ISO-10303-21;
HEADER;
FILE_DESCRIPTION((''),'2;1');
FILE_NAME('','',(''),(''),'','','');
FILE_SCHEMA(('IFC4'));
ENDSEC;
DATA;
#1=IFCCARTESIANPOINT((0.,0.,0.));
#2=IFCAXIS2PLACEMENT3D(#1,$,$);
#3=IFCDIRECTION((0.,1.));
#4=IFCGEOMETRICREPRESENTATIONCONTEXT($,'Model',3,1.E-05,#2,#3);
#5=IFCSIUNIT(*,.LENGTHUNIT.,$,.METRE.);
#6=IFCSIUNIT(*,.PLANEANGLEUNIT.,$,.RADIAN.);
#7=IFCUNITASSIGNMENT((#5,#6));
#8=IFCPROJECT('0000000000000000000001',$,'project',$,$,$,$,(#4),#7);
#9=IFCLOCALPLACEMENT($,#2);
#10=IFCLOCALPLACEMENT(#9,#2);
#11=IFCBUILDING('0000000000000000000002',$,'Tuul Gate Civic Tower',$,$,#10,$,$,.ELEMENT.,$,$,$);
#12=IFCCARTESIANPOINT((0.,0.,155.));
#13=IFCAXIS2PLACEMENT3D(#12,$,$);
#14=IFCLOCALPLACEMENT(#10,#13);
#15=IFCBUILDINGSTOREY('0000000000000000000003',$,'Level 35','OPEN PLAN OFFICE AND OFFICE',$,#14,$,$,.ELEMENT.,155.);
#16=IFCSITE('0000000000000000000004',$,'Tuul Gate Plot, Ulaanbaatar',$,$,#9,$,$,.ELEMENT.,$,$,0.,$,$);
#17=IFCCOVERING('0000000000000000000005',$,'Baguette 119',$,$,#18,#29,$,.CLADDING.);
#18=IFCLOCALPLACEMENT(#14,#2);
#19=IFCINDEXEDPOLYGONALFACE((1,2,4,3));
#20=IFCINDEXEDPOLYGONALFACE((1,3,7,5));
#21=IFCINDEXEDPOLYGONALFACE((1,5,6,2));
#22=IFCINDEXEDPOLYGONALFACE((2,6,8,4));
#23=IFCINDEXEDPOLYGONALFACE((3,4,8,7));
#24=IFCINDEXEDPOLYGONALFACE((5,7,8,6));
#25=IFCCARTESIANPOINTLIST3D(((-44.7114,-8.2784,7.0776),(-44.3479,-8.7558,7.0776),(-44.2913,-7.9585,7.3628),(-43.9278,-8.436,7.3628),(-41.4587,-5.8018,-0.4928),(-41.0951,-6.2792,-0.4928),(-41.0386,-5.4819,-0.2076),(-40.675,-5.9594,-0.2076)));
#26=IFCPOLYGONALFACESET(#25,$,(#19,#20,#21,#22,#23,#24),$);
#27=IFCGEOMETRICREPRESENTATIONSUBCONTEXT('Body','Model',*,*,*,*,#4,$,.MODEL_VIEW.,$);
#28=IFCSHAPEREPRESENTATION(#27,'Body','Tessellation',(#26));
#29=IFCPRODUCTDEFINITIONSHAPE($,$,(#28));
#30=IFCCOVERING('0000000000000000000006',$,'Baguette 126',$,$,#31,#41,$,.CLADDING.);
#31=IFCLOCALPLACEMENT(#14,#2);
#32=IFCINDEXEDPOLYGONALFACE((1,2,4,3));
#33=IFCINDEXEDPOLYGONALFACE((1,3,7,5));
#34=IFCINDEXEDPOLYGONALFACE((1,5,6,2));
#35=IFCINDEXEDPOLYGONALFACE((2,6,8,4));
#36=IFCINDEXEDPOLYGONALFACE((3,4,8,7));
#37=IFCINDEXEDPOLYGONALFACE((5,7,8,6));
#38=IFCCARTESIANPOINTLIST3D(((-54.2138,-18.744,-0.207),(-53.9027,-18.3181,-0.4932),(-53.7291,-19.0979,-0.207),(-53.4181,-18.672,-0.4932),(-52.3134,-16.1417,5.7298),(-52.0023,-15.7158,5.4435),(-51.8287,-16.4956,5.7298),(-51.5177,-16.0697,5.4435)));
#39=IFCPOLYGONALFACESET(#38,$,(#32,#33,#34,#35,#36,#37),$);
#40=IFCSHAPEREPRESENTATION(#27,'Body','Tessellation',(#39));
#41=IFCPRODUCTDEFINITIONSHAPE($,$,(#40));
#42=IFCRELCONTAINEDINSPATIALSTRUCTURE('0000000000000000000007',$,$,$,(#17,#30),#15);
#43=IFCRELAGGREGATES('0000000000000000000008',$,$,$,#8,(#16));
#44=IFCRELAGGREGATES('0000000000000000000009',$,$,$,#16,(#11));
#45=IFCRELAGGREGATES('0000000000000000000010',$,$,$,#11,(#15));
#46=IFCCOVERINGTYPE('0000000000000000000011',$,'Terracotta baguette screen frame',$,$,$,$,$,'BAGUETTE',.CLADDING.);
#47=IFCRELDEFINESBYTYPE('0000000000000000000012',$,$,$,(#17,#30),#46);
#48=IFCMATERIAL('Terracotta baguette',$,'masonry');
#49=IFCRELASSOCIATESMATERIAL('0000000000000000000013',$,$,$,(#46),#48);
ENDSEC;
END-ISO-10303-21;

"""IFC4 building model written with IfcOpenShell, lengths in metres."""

from ifc_helpers import new_model, si_unit, direction, frame, origin, origin_2d, place, context, subcontext, project, spatial, rectangle, extrude, material, material_profile, profile_set, type_object, element, save


model = new_model("IFC4")

# Units and contexts
model_context = context("Model", 3, precision=1e-05, world=origin(), true_north=direction((0.0, 1.0)))
body_context = subcontext(model_context, "Body", "Model", "MODEL_VIEW")
ifc_project = project(units=[si_unit("LENGTHUNIT", "METRE"), si_unit("PLANEANGLEUNIT", "RADIAN")], contexts=[model_context])

# Site, building, storey
site_placement = place(None, origin())
site = spatial("IfcSite", under=ifc_project, at=site_placement, Name="Tuul Gate Plot, Ulaanbaatar", CompositionType="ELEMENT", RefElevation=0.0)
building_placement = place(site_placement, origin())
building = spatial("IfcBuilding", under=site, at=building_placement, Name="Tuul Gate Civic Tower", CompositionType="ELEMENT")
storey_placement = place(building_placement, frame((0.0, 0.0, 155.0)))
storey = spatial("IfcBuildingStorey", under=building, at=storey_placement, Name="Level 35", Description="OPEN PLAN OFFICE AND OFFICE", CompositionType="ELEMENT", Elevation=155.0)

# Coverings
ifc_material_1 = material(Name="Terracotta baguette", Category="masonry")
ifc_material_profile_1 = material_profile(ifc_material_1, rectangle(XDim=0.6001, YDim=0.6001, at=origin_2d()), Name="Terracotta baguette screen frame")
ifc_profile_set_1 = profile_set([ifc_material_profile_1], Name="Terracotta baguette")
covering_type = type_object("IfcCoveringType", Name="Terracotta baguette screen frame", ElementType="BAGUETTE", PredefinedType="CLADDING", material=ifc_profile_set_1)
covering_1_placement = place(storey_placement, frame((-44.3196, -8.3572, 7.2202), z_axis=(0.378058, 0.28785, -0.879894), x_axis=(-0.605784, 0.795629, 0.0)))
element("IfcCovering", 1, at=covering_1_placement, inside=storey, type_object=covering_type, Name="Baguette 119", PredefinedType="CLADDING", context=body_context, shape_type="SweptSolid", body=[
    extrude(rectangle(XDim=0.6001, YDim=0.6001, at=origin_2d()), origin(), (0.0, 0.0, 1.0), 8.6038),
])
covering_2_placement = place(storey_placement, frame((-51.9155, -16.1057, 5.5867), z_axis=(-0.281335, -0.385246, -0.878884), x_axis=(0.807581, -0.589756, 0.0)))
element("IfcCovering", 2, at=covering_2_placement, inside=storey, type_object=covering_type, Name="Baguette 126", PredefinedType="CLADDING", context=body_context, shape_type="SweptSolid", body=[
    extrude(rectangle(XDim=0.6001, YDim=0.6001, at=origin_2d()), origin(), (0.0, 0.0, 1.0), 6.7549),
])

save(model, "model.ifc")
